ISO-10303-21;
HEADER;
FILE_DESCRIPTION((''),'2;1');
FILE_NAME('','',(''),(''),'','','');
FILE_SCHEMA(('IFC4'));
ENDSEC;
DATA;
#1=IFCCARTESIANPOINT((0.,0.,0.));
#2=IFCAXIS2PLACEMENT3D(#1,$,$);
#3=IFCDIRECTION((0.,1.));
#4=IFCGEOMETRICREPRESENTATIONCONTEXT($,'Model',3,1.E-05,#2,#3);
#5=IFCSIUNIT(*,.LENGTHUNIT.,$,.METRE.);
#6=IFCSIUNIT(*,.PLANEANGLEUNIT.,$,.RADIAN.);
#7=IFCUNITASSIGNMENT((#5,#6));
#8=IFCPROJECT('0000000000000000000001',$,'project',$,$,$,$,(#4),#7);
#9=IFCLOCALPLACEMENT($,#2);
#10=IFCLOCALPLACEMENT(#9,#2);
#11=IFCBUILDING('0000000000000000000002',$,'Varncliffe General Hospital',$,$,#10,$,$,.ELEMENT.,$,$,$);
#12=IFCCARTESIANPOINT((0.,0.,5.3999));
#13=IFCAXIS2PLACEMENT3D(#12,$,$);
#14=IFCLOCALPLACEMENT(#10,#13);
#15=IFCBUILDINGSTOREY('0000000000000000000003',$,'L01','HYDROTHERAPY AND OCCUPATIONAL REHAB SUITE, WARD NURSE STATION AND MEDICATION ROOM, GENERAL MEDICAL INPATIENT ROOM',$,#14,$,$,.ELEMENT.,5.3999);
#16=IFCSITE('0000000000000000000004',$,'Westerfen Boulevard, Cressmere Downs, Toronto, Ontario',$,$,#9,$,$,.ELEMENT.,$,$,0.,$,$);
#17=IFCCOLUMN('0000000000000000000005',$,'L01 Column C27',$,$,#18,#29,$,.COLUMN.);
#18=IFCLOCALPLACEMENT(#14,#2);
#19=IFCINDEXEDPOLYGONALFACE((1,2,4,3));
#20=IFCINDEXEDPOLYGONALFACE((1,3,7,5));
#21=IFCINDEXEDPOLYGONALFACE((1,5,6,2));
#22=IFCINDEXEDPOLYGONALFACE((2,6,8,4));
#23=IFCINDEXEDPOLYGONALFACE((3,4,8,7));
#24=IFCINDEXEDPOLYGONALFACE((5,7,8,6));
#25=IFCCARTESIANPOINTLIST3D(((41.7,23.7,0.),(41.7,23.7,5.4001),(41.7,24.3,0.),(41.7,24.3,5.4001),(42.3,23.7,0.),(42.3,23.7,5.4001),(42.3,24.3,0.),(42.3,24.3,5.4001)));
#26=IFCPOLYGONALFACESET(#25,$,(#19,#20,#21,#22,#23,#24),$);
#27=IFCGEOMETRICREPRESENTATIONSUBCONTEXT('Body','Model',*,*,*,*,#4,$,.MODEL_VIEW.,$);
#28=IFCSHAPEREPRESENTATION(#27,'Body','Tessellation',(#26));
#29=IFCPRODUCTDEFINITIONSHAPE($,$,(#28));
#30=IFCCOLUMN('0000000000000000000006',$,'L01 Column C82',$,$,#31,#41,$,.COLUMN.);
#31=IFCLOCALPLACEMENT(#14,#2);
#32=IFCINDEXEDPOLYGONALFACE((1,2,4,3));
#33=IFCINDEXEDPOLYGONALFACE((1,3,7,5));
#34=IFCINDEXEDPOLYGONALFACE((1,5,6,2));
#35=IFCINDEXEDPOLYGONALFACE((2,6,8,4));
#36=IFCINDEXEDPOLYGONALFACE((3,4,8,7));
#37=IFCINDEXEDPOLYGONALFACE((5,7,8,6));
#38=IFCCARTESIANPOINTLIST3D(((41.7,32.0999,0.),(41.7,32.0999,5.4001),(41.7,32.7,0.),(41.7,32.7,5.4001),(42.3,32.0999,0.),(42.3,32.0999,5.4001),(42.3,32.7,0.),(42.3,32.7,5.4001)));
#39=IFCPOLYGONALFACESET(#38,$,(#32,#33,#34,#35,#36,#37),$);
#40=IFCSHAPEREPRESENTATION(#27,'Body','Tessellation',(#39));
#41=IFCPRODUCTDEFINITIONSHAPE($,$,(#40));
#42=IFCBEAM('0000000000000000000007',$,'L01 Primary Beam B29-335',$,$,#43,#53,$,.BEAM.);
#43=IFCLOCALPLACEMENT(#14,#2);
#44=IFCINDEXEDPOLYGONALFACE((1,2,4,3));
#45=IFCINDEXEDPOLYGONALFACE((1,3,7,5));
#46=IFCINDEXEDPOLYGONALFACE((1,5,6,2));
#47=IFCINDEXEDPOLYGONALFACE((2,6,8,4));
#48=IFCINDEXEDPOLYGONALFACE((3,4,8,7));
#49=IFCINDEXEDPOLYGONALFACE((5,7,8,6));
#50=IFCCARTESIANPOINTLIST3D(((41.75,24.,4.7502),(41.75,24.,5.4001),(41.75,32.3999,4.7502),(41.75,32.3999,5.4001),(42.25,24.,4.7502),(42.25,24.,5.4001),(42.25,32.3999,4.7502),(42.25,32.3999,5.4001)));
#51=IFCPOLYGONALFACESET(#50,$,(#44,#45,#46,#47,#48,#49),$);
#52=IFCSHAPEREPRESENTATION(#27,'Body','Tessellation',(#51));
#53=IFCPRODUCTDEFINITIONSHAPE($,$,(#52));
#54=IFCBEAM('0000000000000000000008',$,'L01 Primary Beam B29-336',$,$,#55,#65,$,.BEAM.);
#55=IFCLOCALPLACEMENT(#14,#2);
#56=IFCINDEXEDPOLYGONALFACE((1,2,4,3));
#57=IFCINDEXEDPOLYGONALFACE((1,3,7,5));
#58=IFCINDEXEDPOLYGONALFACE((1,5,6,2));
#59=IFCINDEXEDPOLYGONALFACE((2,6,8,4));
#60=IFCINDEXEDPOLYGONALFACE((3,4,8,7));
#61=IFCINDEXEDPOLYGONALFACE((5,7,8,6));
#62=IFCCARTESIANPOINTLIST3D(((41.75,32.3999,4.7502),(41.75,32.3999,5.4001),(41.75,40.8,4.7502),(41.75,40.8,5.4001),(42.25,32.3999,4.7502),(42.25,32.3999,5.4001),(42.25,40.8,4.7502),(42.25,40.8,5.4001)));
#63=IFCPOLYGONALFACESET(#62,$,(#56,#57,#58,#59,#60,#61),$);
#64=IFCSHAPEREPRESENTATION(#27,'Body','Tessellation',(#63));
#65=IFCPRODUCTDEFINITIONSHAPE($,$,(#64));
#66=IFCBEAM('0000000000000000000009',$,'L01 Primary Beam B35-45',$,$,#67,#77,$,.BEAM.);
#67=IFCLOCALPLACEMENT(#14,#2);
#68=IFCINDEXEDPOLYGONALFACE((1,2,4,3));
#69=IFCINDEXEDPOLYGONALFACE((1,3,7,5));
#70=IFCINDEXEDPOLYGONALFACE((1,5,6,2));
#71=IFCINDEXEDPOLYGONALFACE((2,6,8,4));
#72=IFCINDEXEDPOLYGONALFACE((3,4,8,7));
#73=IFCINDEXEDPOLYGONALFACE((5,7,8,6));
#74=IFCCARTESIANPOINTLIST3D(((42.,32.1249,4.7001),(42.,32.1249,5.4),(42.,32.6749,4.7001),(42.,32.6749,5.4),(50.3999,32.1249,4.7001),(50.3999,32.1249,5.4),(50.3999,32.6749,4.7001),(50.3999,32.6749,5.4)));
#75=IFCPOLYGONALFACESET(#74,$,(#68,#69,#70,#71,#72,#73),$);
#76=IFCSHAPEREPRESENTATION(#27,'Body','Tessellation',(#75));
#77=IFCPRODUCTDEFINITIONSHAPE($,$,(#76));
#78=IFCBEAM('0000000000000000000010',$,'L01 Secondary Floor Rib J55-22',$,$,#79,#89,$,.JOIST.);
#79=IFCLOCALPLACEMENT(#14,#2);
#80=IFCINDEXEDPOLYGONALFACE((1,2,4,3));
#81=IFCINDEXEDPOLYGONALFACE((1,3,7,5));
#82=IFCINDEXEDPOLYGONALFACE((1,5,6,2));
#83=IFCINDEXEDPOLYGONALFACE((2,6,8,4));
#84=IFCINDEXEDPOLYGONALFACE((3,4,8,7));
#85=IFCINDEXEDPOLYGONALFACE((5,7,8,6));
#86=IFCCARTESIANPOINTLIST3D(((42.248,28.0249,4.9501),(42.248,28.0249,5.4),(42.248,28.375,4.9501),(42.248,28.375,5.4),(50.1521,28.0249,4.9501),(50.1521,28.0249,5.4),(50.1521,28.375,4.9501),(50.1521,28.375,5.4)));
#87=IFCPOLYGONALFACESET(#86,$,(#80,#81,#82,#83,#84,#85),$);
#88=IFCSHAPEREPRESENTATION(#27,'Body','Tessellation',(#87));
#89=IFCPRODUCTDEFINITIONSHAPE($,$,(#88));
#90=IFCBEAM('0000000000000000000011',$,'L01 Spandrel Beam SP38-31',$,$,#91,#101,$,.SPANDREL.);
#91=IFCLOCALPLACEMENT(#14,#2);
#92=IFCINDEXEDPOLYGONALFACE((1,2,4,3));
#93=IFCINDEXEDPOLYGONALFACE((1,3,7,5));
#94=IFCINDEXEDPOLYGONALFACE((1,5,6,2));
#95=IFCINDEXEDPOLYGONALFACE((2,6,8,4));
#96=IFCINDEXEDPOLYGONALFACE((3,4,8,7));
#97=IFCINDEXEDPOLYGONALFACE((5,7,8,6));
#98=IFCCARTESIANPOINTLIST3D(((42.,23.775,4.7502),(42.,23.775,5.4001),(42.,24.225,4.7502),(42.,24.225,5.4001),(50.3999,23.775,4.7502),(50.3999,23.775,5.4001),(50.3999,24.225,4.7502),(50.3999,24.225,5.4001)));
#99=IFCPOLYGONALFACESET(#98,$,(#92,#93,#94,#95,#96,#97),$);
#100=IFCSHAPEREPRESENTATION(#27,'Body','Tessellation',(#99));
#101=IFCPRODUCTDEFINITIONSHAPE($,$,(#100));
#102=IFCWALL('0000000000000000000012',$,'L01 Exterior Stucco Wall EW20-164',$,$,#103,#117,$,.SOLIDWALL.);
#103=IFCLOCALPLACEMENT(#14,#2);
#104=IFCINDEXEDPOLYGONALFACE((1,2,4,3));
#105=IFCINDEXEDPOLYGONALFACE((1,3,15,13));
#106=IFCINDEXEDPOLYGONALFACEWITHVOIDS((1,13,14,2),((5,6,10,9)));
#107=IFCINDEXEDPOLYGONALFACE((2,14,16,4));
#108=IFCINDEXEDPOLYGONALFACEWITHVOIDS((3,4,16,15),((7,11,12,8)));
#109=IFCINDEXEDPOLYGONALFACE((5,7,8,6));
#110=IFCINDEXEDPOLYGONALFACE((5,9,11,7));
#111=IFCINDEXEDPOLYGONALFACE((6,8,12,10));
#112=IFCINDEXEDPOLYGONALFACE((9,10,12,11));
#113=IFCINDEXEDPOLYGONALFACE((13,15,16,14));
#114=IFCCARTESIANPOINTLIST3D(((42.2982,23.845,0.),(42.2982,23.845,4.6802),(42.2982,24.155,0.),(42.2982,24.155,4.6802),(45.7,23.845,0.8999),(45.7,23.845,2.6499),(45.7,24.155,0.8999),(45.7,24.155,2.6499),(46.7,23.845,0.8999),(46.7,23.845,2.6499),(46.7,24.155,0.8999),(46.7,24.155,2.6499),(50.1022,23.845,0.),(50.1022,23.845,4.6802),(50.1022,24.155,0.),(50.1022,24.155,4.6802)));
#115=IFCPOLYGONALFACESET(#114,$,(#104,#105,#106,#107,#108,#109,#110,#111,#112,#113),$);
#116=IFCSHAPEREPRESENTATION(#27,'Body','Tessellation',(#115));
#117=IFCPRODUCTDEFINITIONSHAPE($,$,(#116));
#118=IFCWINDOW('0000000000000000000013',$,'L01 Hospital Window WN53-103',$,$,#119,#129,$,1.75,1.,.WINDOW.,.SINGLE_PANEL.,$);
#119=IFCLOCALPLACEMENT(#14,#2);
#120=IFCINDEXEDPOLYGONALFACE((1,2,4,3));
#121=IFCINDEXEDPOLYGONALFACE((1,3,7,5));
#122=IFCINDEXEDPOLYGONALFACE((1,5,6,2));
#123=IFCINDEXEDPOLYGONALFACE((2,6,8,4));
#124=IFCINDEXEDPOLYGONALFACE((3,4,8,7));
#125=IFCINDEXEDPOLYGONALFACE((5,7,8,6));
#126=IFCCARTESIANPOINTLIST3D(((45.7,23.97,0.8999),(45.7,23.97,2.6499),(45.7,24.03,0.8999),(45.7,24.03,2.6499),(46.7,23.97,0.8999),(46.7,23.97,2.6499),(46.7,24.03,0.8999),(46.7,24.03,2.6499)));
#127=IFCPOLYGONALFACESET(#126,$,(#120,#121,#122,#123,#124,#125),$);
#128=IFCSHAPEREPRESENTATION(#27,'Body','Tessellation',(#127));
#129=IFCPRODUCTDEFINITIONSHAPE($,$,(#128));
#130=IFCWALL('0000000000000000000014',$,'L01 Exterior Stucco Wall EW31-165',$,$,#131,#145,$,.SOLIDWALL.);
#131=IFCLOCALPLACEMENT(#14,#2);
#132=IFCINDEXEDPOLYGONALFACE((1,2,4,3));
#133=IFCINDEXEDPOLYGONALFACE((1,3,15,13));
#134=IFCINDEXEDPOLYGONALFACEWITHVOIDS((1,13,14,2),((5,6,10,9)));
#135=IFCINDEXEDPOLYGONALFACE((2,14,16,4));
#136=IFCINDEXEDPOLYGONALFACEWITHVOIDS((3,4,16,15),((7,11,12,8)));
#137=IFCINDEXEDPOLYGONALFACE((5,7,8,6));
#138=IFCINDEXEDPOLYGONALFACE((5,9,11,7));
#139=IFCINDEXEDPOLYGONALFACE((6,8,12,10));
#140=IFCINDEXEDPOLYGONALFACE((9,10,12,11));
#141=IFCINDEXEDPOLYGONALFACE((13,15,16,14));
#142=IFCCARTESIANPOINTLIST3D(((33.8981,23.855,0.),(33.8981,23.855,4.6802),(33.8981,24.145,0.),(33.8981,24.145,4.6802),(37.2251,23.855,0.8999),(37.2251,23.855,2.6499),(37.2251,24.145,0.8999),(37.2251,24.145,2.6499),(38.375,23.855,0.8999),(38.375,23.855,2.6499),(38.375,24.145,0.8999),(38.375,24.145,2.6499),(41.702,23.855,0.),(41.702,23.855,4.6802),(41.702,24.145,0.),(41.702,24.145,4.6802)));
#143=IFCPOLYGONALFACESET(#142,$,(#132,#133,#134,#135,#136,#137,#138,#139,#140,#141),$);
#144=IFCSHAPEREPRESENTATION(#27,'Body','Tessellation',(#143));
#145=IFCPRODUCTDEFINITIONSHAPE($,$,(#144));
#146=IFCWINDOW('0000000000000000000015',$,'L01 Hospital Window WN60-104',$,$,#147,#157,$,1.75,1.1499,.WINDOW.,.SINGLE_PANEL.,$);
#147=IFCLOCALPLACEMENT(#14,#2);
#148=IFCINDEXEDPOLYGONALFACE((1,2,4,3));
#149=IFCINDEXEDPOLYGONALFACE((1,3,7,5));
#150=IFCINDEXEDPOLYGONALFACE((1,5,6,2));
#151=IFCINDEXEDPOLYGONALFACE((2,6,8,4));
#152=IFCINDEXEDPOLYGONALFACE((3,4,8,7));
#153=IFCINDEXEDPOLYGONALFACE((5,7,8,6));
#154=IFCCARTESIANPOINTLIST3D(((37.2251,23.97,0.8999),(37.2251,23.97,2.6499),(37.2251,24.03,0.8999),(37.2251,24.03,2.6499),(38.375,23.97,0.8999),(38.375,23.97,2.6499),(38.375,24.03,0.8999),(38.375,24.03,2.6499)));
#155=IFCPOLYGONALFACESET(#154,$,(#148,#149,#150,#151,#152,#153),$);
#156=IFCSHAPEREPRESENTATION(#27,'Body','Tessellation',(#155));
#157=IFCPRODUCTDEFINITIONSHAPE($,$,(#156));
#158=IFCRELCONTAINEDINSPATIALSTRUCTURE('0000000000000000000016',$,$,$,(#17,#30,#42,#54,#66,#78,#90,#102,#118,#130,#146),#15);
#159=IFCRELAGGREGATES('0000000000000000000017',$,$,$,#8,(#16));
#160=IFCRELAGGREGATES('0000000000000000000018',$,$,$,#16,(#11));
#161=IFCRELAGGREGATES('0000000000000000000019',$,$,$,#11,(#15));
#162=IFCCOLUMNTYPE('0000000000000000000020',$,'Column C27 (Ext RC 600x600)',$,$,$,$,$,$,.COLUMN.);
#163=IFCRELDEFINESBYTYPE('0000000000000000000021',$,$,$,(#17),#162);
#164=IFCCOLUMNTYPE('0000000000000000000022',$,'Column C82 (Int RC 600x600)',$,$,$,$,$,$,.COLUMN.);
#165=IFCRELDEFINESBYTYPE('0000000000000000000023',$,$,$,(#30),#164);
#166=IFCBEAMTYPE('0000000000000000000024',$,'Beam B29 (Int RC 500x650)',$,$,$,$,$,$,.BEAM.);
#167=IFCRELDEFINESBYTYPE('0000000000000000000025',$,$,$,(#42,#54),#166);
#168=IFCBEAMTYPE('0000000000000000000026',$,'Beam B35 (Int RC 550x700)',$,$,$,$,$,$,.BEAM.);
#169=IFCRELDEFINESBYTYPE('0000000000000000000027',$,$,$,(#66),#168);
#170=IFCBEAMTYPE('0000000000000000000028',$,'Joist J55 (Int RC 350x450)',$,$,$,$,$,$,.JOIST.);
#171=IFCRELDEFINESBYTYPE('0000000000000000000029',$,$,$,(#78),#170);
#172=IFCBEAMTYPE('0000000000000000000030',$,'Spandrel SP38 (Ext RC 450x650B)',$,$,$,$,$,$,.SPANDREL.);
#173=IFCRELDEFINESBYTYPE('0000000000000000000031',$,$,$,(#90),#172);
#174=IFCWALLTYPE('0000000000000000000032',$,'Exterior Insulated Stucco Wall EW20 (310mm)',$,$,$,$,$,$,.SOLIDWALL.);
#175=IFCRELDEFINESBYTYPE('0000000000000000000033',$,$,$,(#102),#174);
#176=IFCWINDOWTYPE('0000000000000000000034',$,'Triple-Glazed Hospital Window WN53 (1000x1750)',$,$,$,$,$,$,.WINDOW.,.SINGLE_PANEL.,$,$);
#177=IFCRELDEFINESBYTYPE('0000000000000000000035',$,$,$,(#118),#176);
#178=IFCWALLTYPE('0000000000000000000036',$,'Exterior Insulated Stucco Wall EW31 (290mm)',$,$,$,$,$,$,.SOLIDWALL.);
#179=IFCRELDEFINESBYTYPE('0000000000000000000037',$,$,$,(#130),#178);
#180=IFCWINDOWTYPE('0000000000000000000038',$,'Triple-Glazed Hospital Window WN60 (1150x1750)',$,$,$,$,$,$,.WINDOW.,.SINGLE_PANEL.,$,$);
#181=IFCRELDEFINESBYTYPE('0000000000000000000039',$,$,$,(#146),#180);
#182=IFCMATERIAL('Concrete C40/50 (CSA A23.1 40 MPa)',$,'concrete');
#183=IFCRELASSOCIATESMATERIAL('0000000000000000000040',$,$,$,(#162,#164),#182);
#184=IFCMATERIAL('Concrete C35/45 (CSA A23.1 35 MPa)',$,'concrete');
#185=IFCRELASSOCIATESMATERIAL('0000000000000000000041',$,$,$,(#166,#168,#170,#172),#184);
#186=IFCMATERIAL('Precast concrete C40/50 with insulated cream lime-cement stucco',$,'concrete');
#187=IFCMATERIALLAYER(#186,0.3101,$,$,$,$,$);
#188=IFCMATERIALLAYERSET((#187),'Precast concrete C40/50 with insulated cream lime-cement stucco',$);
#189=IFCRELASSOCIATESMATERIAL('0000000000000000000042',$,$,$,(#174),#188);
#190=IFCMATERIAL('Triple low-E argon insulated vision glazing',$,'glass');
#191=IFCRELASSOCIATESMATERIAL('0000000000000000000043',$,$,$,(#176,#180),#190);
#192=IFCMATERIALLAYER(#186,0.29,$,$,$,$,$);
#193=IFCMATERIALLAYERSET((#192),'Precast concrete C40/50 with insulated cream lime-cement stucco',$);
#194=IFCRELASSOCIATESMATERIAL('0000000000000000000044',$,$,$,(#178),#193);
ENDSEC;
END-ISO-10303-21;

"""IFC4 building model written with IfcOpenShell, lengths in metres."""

from ifc_helpers import new_model, si_unit, direction, frame, frame_2d, origin, origin_2d, place, context, subcontext, project, spatial, rectangle, extrude, material, layer, layer_set, material_profile, profile_set, type_object, element, fill, save


model = new_model("IFC4")

# Units and contexts
model_context = context("Model", 3, precision=1e-05, world=origin(), true_north=direction((0.0, 1.0)))
body_context = subcontext(model_context, "Body", "Model", "MODEL_VIEW")
ifc_project = project(units=[si_unit("LENGTHUNIT", "METRE"), si_unit("PLANEANGLEUNIT", "RADIAN")], contexts=[model_context])

# Site, building, storey
site_placement = place(None, origin())
site = spatial("IfcSite", under=ifc_project, at=site_placement, Name="Westerfen Boulevard, Cressmere Downs, Toronto, Ontario", CompositionType="ELEMENT", RefElevation=0.0)
building_placement = place(site_placement, origin())
building = spatial("IfcBuilding", under=site, at=building_placement, Name="Varncliffe General Hospital", CompositionType="ELEMENT")
storey_placement = place(building_placement, frame((0.0, 0.0, 5.3999)))
storey = spatial("IfcBuildingStorey", under=building, at=storey_placement, Name="L01", Description="HYDROTHERAPY AND OCCUPATIONAL REHAB SUITE, WARD NURSE STATION AND MEDICATION ROOM, GENERAL MEDICAL INPATIENT ROOM", CompositionType="ELEMENT", Elevation=5.3999)

# Columns
ifc_material_1 = material(Name="Concrete C40/50 (CSA A23.1 40 MPa)", Category="concrete")
ifc_material_profile_1 = material_profile(ifc_material_1, rectangle(XDim=0.6001, YDim=0.6001, at=origin_2d()), Name="RC 600x600")
ifc_profile_set_1 = profile_set([ifc_material_profile_1], Name="Concrete C40/50 (CSA A23.1 40 MPa)")
column_type_1 = type_object("IfcColumnType", Name="Column C27 (Ext RC 600x600)", PredefinedType="COLUMN", material=ifc_profile_set_1)
column_1_placement = place(storey_placement, frame((42.0, 24.0, 0.0), z_axis=(0.0, 0.0, 1.0), x_axis=(1.0, 0.0, 0.0)))
element("IfcColumn", 1, at=column_1_placement, inside=storey, type_object=column_type_1, Name="L01 Column C27", PredefinedType="COLUMN", context=body_context, shape_type="SweptSolid", body=[
    extrude(rectangle(XDim=0.6001, YDim=0.6001, at=origin_2d()), origin(), (0.0, 0.0, 1.0), 5.4001),
])
ifc_material_profile_2 = material_profile(ifc_material_1, rectangle(XDim=0.6001, YDim=0.6001, at=origin_2d()), Name="RC 600x600")
ifc_profile_set_2 = profile_set([ifc_material_profile_2], Name="Concrete C40/50 (CSA A23.1 40 MPa)")
column_type_2 = type_object("IfcColumnType", Name="Column C82 (Int RC 600x600)", PredefinedType="COLUMN", material=ifc_profile_set_2)
column_2_placement = place(storey_placement, frame((42.0, 32.3999, 0.0), z_axis=(0.0, 0.0, 1.0), x_axis=(1.0, 0.0, 0.0)))
element("IfcColumn", 2, at=column_2_placement, inside=storey, type_object=column_type_2, Name="L01 Column C82", PredefinedType="COLUMN", context=body_context, shape_type="SweptSolid", body=[
    extrude(rectangle(XDim=0.6001, YDim=0.6001, at=origin_2d()), origin(), (0.0, 0.0, 1.0), 5.4001),
])

# Beams
ifc_material_2 = material(Name="Concrete C35/45 (CSA A23.1 35 MPa)", Category="concrete")
ifc_material_profile_3 = material_profile(ifc_material_2, rectangle(XDim=0.5, YDim=0.6499, at=origin_2d()), Name="RC 500x650")
ifc_profile_set_3 = profile_set([ifc_material_profile_3], Name="Concrete C35/45 (CSA A23.1 35 MPa)")
beam_type_1 = type_object("IfcBeamType", Name="Beam B29 (Int RC 500x650)", PredefinedType="BEAM", material=ifc_profile_set_3)
beam_1_placement = place(storey_placement, frame((42.0, 24.0, 5.0752), z_axis=(0.0, 1.0, 0.0), x_axis=(-1.0, 0.0, 0.0)))
element("IfcBeam", 3, at=beam_1_placement, inside=storey, type_object=beam_type_1, Name="L01 Primary Beam B29-335", PredefinedType="BEAM", context=body_context, shape_type="SweptSolid", body=[
    extrude(rectangle(XDim=0.5, YDim=0.6499, at=origin_2d()), origin(), (0.0, 0.0, 1.0), 8.3999),
])
beam_2_placement = place(storey_placement, frame((42.0, 32.3999, 5.0752), z_axis=(0.0, 1.0, 0.0), x_axis=(-1.0, 0.0, 0.0)))
element("IfcBeam", 4, at=beam_2_placement, inside=storey, type_object=beam_type_1, Name="L01 Primary Beam B29-336", PredefinedType="BEAM", context=body_context, shape_type="SweptSolid", body=[
    extrude(rectangle(XDim=0.5, YDim=0.6499, at=origin_2d()), origin(), (0.0, 0.0, 1.0), 8.4001),
])
ifc_material_profile_4 = material_profile(ifc_material_2, rectangle(XDim=0.55, YDim=0.7, at=origin_2d()), Name="RC 550x700")
ifc_profile_set_4 = profile_set([ifc_material_profile_4], Name="Concrete C35/45 (CSA A23.1 35 MPa)")
beam_type_2 = type_object("IfcBeamType", Name="Beam B35 (Int RC 550x700)", PredefinedType="BEAM", material=ifc_profile_set_4)
beam_3_placement = place(storey_placement, frame((42.0, 32.3999, 5.05), z_axis=(1.0, 0.0, 0.0), x_axis=(0.0, 1.0, 0.0)))
element("IfcBeam", 5, at=beam_3_placement, inside=storey, type_object=beam_type_2, Name="L01 Primary Beam B35-45", PredefinedType="BEAM", context=body_context, shape_type="SweptSolid", body=[
    extrude(rectangle(XDim=0.55, YDim=0.7, at=origin_2d()), origin(), (0.0, 0.0, 1.0), 8.3999),
])
ifc_material_profile_5 = material_profile(ifc_material_2, rectangle(XDim=0.3501, YDim=0.45, at=origin_2d()), Name="RC 350x450")
ifc_profile_set_5 = profile_set([ifc_material_profile_5], Name="Concrete C35/45 (CSA A23.1 35 MPa)")
beam_type_3 = type_object("IfcBeamType", Name="Joist J55 (Int RC 350x450)", PredefinedType="JOIST", material=ifc_profile_set_5)
beam_4_placement = place(storey_placement, frame((42.248, 28.2, 5.175), z_axis=(1.0, 0.0, 0.0), x_axis=(0.0, 1.0, 0.0)))
element("IfcBeam", 6, at=beam_4_placement, inside=storey, type_object=beam_type_3, Name="L01 Secondary Floor Rib J55-22", PredefinedType="JOIST", context=body_context, shape_type="SweptSolid", body=[
    extrude(rectangle(XDim=0.3501, YDim=0.45, at=origin_2d()), origin(), (0.0, 0.0, 1.0), 7.9041),
])
ifc_material_profile_6 = material_profile(ifc_material_2, rectangle(XDim=0.45, YDim=0.6499, at=origin_2d()), Name="RC 450x650")
ifc_profile_set_6 = profile_set([ifc_material_profile_6], Name="Concrete C35/45 (CSA A23.1 35 MPa)")
beam_type_4 = type_object("IfcBeamType", Name="Spandrel SP38 (Ext RC 450x650B)", PredefinedType="SPANDREL", material=ifc_profile_set_6)
beam_5_placement = place(storey_placement, frame((42.0, 24.0, 5.0752), z_axis=(1.0, 0.0, 0.0), x_axis=(0.0, 1.0, 0.0)))
element("IfcBeam", 7, at=beam_5_placement, inside=storey, type_object=beam_type_4, Name="L01 Spandrel Beam SP38-31", PredefinedType="SPANDREL", context=body_context, shape_type="SweptSolid", body=[
    extrude(rectangle(XDim=0.45, YDim=0.6499, at=origin_2d()), origin(), (0.0, 0.0, 1.0), 8.3999),
])

# Walls, openings, windows
ifc_material_3 = material(Name="Precast concrete C40/50 with insulated cream lime-cement stucco", Category="concrete")
ifc_layer_1 = layer(ifc_material_3, 0.3101)
ifc_layer_set_1 = layer_set([ifc_layer_1], Name="Precast concrete C40/50 with insulated cream lime-cement stucco")
wall_type_1 = type_object("IfcWallType", Name="Exterior Insulated Stucco Wall EW20 (310mm)", PredefinedType="SOLIDWALL", material=ifc_layer_set_1)
wall_1_placement = place(storey_placement, frame((50.1021, 24.0, 0.0), z_axis=(0.0, 0.0, 1.0), x_axis=(-1.0, 0.0, 0.0)))
wall_1 = element("IfcWall", 8, at=wall_1_placement, inside=storey, type_object=wall_type_1, Name="L01 Exterior Stucco Wall EW20-164", PredefinedType="SOLIDWALL", context=body_context, shape_type="SweptSolid", body=[
    extrude(rectangle(XDim=7.804, YDim=0.3101, at=frame_2d((3.9019, 0.0))), origin(), (0.0, 0.0, 1.0), 4.6802),
])
opening_1_placement = place(wall_1_placement, frame((3.4021, 0.0, 0.8999)))
opening_1 = element("IfcOpeningElement", 9, at=opening_1_placement, cuts=wall_1, PredefinedType="OPENING", context=body_context, shape_type="SweptSolid", body=[
    extrude(rectangle(XDim=1.0, YDim=1.75, at=frame_2d((0.5, 0.875))), frame((0.0, 0.165, 0.0), z_axis=(0.0, -1.0, 0.0), x_axis=(1.0, 0.0, 0.0)), (0.0, 0.0, 1.0), 0.3301),
])
ifc_material_4 = material(Name="Triple low-E argon insulated vision glazing", Category="glass")
window_type_1 = type_object("IfcWindowType", Name="Triple-Glazed Hospital Window WN53 (1000x1750)", PartitioningType="SINGLE_PANEL", PredefinedType="WINDOW", material=ifc_material_4)
window_1_placement = place(opening_1_placement, origin())
window_1 = element("IfcWindow", 10, at=window_1_placement, inside=storey, type_object=window_type_1, Name="L01 Hospital Window WN53-103", OverallHeight=1.75, OverallWidth=1.0, PartitioningType="SINGLE_PANEL", PredefinedType="WINDOW", context=body_context, shape_type="SweptSolid", body=[
    extrude(rectangle(XDim=1.0, YDim=1.75, at=frame_2d((0.5, 0.875))), frame((0.0, 0.03, 0.0), z_axis=(0.0, -1.0, 0.0), x_axis=(1.0, 0.0, 0.0)), (0.0, 0.0, 1.0), 0.0601),
])
fill(opening_1, window_1)
ifc_layer_2 = layer(ifc_material_3, 0.29)
ifc_layer_set_2 = layer_set([ifc_layer_2], Name="Precast concrete C40/50 with insulated cream lime-cement stucco")
wall_type_2 = type_object("IfcWallType", Name="Exterior Insulated Stucco Wall EW31 (290mm)", PredefinedType="SOLIDWALL", material=ifc_layer_set_2)
wall_2_placement = place(storey_placement, frame((41.7019, 24.0, 0.0), z_axis=(0.0, 0.0, 1.0), x_axis=(-1.0, 0.0, 0.0)))
wall_2 = element("IfcWall", 11, at=wall_2_placement, inside=storey, type_object=wall_type_2, Name="L01 Exterior Stucco Wall EW31-165", PredefinedType="SOLIDWALL", context=body_context, shape_type="SweptSolid", body=[
    extrude(rectangle(XDim=7.804, YDim=0.29, at=frame_2d((3.9019, 0.0))), origin(), (0.0, 0.0, 1.0), 4.6802),
])
opening_2_placement = place(wall_2_placement, frame((3.3269, 0.0, 0.8999)))
opening_2 = element("IfcOpeningElement", 12, at=opening_2_placement, cuts=wall_2, PredefinedType="OPENING", context=body_context, shape_type="SweptSolid", body=[
    extrude(rectangle(XDim=1.1499, YDim=1.75, at=frame_2d((0.575, 0.875))), frame((0.0, 0.155, 0.0), z_axis=(0.0, -1.0, 0.0), x_axis=(1.0, 0.0, 0.0)), (0.0, 0.0, 1.0), 0.3101),
])
window_type_2 = type_object("IfcWindowType", Name="Triple-Glazed Hospital Window WN60 (1150x1750)", PartitioningType="SINGLE_PANEL", PredefinedType="WINDOW", material=ifc_material_4)
window_2_placement = place(opening_2_placement, origin())
window_2 = element("IfcWindow", 13, at=window_2_placement, inside=storey, type_object=window_type_2, Name="L01 Hospital Window WN60-104", OverallHeight=1.75, OverallWidth=1.1499, PartitioningType="SINGLE_PANEL", PredefinedType="WINDOW", context=body_context, shape_type="SweptSolid", body=[
    extrude(rectangle(XDim=1.1499, YDim=1.75, at=frame_2d((0.575, 0.875))), frame((0.0, 0.03, 0.0), z_axis=(0.0, -1.0, 0.0), x_axis=(1.0, 0.0, 0.0)), (0.0, 0.0, 1.0), 0.0601),
])
fill(opening_2, window_2)

save(model, "model.ifc")
